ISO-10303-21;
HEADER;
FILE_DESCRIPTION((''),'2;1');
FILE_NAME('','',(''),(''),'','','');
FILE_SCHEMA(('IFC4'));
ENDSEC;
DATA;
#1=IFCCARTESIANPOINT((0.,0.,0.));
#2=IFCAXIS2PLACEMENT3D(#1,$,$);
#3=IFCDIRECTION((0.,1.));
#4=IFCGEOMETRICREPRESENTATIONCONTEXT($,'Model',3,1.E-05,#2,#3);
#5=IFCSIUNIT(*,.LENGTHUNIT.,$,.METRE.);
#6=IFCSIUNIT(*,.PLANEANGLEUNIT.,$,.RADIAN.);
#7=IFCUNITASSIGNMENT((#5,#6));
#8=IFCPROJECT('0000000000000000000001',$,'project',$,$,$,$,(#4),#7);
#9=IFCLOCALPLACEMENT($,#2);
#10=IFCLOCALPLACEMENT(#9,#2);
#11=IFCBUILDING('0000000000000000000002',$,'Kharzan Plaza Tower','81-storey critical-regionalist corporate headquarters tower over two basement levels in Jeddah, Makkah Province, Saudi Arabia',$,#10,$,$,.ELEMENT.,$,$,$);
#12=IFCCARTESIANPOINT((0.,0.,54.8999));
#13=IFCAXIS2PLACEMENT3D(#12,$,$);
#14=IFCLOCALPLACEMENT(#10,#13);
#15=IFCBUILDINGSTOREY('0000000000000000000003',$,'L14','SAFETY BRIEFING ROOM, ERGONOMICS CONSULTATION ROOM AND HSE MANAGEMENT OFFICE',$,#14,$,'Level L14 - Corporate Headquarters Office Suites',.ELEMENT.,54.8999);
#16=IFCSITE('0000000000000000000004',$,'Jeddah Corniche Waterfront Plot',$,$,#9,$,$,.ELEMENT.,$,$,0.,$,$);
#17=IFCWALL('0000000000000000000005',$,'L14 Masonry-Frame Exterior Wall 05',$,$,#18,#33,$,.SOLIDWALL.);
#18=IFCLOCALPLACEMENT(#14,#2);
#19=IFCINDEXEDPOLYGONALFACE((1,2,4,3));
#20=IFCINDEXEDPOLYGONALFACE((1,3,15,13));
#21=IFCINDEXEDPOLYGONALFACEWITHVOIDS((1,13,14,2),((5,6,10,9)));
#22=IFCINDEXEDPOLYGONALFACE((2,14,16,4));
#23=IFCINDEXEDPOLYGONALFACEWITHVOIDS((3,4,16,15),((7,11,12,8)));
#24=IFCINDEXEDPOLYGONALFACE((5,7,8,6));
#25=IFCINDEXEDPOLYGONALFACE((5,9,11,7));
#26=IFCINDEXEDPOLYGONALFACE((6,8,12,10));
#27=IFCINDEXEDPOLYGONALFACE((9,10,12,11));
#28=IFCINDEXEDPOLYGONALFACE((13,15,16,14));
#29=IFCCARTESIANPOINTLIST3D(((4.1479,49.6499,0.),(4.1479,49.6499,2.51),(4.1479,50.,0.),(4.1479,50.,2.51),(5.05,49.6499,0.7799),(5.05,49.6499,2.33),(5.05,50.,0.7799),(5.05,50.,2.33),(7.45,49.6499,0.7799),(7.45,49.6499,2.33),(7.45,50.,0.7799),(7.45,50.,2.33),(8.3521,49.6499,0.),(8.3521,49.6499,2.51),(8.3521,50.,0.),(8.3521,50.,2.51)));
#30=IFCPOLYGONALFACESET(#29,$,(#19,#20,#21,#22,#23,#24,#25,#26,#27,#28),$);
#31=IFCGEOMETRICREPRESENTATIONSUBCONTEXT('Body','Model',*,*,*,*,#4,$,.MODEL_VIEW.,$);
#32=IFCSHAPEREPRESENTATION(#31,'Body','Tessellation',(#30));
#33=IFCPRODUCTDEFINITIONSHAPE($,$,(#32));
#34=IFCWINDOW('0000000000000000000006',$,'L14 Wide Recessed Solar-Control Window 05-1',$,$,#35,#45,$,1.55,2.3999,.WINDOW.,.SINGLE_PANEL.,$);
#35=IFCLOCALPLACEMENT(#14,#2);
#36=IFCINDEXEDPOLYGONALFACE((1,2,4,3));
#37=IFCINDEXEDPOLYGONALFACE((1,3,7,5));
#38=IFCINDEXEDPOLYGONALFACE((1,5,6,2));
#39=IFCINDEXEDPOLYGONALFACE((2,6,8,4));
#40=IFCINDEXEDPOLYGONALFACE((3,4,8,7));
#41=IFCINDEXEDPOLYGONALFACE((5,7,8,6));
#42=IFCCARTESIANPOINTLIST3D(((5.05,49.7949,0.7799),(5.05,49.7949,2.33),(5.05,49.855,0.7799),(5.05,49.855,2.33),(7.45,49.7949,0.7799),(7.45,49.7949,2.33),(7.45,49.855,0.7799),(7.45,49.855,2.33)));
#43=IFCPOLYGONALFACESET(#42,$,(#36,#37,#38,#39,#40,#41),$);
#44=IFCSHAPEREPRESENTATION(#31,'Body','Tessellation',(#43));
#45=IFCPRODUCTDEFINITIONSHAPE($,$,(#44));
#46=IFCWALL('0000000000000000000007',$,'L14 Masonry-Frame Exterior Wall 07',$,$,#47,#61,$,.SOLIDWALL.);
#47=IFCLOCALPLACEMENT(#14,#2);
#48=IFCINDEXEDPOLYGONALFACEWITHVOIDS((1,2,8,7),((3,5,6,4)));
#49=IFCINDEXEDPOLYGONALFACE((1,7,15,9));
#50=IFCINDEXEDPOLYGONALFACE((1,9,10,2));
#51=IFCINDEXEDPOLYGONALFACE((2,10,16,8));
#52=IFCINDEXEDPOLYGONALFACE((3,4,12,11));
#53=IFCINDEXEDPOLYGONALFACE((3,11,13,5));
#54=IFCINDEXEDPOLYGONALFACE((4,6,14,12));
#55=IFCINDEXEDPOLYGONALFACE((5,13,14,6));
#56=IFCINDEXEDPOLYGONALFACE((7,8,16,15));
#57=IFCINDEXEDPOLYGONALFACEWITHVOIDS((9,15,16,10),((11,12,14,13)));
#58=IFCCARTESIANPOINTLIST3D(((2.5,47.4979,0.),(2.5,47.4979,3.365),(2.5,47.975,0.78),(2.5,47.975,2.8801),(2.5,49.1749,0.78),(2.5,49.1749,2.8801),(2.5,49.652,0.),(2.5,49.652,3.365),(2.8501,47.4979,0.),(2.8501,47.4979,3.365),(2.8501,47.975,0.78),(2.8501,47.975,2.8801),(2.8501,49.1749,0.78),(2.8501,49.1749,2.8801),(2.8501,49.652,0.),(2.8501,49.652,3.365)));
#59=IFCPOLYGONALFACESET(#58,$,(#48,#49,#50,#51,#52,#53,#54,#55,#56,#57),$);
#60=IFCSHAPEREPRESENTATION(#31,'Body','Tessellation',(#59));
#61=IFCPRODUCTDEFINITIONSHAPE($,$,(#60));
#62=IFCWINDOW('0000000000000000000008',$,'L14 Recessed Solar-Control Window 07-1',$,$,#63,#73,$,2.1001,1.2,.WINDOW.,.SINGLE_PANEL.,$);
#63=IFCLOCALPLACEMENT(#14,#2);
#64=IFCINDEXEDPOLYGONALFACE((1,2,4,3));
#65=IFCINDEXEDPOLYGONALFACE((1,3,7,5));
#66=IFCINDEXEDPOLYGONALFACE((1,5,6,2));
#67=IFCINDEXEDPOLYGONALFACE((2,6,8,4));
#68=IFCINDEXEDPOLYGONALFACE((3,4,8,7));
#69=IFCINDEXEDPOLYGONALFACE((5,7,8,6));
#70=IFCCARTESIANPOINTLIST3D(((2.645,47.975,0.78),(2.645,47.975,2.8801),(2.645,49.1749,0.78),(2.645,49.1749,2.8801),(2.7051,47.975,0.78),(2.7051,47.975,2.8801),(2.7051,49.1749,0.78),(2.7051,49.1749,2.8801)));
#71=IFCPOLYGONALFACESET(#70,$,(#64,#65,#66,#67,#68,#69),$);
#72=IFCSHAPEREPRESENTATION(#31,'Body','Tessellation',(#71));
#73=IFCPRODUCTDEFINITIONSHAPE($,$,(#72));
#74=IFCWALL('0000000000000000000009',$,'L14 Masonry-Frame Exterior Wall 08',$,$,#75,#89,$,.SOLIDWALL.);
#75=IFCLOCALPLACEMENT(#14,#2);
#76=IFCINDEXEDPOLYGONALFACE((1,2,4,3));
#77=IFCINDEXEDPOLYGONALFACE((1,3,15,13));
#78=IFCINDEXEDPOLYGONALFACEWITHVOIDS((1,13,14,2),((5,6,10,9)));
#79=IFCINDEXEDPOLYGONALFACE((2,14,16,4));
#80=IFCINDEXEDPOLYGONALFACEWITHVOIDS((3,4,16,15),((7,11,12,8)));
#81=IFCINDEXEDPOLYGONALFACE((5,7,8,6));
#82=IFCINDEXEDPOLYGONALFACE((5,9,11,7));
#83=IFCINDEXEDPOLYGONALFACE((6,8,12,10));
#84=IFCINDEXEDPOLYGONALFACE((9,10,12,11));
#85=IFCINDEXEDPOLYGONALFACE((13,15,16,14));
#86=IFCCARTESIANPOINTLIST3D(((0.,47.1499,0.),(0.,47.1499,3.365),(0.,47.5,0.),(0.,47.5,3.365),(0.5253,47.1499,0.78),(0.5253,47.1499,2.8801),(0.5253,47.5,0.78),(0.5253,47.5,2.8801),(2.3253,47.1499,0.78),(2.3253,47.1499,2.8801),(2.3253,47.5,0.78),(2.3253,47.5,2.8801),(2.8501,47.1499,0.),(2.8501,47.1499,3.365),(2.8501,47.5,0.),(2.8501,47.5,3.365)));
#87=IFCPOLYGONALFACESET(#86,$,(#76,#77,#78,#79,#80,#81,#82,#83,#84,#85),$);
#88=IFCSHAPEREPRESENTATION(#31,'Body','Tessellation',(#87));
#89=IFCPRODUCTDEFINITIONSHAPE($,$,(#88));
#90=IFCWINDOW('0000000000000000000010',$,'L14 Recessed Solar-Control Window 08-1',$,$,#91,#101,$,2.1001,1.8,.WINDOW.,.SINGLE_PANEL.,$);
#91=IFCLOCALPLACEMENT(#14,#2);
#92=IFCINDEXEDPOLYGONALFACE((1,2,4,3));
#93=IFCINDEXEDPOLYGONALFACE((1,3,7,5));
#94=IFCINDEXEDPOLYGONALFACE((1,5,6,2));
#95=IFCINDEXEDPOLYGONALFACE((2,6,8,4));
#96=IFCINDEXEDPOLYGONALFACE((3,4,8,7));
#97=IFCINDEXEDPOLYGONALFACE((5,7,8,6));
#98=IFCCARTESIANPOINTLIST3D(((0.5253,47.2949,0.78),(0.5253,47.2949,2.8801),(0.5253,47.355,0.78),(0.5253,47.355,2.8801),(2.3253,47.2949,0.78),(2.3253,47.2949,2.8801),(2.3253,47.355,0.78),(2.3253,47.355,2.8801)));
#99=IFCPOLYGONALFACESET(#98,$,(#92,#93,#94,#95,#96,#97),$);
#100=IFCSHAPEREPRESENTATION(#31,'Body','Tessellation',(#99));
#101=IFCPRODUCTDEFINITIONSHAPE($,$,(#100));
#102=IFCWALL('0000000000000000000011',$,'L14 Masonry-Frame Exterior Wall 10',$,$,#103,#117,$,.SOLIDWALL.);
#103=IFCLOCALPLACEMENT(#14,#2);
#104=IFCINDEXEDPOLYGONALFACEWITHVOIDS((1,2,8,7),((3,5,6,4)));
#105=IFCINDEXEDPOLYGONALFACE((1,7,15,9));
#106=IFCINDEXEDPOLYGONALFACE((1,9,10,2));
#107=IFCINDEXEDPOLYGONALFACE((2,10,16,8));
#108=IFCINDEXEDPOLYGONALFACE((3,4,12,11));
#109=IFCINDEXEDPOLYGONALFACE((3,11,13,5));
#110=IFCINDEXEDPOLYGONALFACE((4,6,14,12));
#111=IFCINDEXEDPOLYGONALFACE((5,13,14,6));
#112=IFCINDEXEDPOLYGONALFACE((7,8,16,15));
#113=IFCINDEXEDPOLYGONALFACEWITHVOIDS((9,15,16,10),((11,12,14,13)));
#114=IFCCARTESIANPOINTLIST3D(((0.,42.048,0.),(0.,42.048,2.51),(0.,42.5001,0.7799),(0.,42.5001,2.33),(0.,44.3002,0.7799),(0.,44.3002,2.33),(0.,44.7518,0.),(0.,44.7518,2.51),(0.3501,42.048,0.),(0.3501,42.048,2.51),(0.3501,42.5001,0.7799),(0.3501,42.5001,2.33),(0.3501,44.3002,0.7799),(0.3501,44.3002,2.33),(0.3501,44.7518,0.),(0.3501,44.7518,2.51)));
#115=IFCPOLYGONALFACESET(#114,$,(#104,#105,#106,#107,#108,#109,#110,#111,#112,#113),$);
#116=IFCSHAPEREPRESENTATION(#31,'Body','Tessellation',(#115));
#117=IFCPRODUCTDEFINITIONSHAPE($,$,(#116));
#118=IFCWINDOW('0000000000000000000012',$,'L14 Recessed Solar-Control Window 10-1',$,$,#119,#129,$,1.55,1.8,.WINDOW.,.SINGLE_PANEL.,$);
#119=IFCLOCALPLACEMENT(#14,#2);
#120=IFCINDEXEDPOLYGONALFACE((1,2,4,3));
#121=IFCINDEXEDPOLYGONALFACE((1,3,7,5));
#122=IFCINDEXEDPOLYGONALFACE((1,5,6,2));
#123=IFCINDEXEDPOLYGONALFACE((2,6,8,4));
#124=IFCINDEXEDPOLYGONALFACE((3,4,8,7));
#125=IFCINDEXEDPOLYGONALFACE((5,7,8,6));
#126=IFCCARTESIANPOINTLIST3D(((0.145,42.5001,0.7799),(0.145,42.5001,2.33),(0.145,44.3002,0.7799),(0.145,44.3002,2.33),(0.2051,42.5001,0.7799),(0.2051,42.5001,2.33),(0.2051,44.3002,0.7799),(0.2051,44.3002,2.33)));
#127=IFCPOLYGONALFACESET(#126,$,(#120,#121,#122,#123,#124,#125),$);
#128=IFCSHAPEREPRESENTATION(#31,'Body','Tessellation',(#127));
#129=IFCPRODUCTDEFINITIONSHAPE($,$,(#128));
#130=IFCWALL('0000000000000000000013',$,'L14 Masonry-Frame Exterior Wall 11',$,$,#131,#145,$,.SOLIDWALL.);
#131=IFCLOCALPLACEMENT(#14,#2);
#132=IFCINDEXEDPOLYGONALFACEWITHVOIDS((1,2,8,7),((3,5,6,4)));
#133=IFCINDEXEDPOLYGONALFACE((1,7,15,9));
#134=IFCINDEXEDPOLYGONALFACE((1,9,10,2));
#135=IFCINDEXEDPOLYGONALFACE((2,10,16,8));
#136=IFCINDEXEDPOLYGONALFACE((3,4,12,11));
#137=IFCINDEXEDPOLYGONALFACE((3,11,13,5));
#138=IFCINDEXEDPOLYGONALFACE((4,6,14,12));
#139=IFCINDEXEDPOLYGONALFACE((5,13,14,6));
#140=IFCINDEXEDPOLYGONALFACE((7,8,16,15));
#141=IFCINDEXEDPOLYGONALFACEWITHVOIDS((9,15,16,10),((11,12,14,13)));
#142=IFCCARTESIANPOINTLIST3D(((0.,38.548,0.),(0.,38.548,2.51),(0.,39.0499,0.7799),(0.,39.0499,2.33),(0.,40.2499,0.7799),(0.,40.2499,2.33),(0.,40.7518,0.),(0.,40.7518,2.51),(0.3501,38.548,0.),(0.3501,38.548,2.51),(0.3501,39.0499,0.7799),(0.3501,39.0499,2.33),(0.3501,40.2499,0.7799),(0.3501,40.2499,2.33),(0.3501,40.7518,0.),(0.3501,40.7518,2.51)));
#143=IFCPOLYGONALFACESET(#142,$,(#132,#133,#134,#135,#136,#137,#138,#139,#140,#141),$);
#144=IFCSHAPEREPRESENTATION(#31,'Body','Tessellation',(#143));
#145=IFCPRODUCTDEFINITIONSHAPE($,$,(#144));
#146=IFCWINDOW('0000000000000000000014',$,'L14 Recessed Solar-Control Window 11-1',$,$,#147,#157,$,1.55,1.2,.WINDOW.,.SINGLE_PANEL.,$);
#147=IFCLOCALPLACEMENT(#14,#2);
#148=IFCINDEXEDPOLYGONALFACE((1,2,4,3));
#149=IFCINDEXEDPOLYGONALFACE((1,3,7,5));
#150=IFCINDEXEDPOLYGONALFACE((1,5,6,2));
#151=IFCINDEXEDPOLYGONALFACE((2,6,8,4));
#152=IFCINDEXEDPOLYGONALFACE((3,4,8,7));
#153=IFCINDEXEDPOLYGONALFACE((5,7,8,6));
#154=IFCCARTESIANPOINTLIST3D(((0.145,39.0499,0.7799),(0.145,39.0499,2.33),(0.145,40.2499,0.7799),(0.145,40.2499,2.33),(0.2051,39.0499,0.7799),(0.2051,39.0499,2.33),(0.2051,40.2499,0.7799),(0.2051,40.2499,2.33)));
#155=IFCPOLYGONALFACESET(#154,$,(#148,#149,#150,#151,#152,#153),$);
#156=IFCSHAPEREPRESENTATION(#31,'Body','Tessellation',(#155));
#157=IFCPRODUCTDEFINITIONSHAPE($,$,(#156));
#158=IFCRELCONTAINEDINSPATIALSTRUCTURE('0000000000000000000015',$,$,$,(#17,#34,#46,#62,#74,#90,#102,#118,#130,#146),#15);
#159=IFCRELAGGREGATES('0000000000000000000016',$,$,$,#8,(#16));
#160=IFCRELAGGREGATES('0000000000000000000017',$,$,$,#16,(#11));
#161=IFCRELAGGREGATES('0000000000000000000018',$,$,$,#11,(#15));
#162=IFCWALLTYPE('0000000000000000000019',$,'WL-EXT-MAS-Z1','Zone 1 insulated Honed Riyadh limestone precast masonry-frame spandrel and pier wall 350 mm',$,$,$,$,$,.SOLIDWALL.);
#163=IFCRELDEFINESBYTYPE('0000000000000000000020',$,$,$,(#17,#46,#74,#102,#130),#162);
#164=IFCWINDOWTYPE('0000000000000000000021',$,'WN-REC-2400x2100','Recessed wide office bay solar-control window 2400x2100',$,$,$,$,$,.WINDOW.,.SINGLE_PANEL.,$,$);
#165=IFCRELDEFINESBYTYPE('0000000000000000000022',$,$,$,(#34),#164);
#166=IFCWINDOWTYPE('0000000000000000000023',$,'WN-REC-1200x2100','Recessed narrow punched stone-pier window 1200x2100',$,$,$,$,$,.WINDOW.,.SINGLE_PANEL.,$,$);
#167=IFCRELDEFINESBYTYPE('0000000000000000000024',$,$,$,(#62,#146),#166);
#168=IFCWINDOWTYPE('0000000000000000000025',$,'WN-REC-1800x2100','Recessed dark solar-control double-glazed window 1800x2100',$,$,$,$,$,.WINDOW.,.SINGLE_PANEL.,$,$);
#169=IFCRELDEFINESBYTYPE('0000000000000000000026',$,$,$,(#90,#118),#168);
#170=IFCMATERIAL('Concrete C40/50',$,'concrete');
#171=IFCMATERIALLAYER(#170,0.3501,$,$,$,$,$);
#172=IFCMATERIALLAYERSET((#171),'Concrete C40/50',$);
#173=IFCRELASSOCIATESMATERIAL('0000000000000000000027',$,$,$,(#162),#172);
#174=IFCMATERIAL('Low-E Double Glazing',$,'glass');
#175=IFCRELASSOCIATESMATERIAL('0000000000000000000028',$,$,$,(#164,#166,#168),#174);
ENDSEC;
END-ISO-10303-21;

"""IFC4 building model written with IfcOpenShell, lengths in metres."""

from ifc_helpers import new_model, si_unit, direction, frame, frame_2d, origin, place, context, subcontext, project, spatial, rectangle, extrude, source, transform, mapped, material, layer, layer_set, type_object, element, fill, save


model = new_model("IFC4")

# Units and contexts
model_context = context("Model", 3, precision=1e-05, world=origin(), true_north=direction((0.0, 1.0)))
body_context = subcontext(model_context, "Body", "Model", "MODEL_VIEW")
ifc_project = project(units=[si_unit("LENGTHUNIT", "METRE"), si_unit("PLANEANGLEUNIT", "RADIAN")], contexts=[model_context])

# Site, building, storey
site_placement = place(None, origin())
site = spatial("IfcSite", under=ifc_project, at=site_placement, Name="Jeddah Corniche Waterfront Plot", CompositionType="ELEMENT", RefElevation=0.0)
building_placement = place(site_placement, origin())
building = spatial("IfcBuilding", under=site, at=building_placement, Name="Kharzan Plaza Tower", Description="81-storey critical-regionalist corporate headquarters tower over two basement levels in Jeddah, Makkah Province, Saudi Arabia", CompositionType="ELEMENT")
storey_placement = place(building_placement, frame((0.0, 0.0, 54.8999)))
storey = spatial("IfcBuildingStorey", under=building, at=storey_placement, Name="L14", Description="SAFETY BRIEFING ROOM, ERGONOMICS CONSULTATION ROOM AND HSE MANAGEMENT OFFICE", LongName="Level L14 - Corporate Headquarters Office Suites", CompositionType="ELEMENT", Elevation=54.8999)

# Walls, openings, windows
ifc_material_1 = material(Name="Concrete C40/50", Category="concrete")
ifc_layer_1 = layer(ifc_material_1, 0.3501)
ifc_layer_set_1 = layer_set([ifc_layer_1], Name="Concrete C40/50")
wall_type_1 = type_object("IfcWallType", Name="WL-EXT-MAS-Z1", Description="Zone 1 insulated Honed Riyadh limestone precast masonry-frame spandrel and pier wall 350 mm", PredefinedType="SOLIDWALL", material=ifc_layer_set_1)
wall_1_placement = place(storey_placement, frame((8.3521, 49.825, 0.0), z_axis=(0.0, 0.0, 1.0), x_axis=(-1.0, 0.0, 0.0)))
wall_1 = element("IfcWall", 1, at=wall_1_placement, inside=storey, type_object=wall_type_1, Name="L14 Masonry-Frame Exterior Wall 05", PredefinedType="SOLIDWALL", context=body_context, shape_type="SweptSolid", body=[
    extrude(rectangle(XDim=4.2041, YDim=0.3501, at=frame_2d((2.1021, 0.0))), origin(), (0.0, 0.0, 1.0), 2.51),
])
opening_1_placement = place(wall_1_placement, frame((0.9021, 0.0, 0.78)))
opening_1 = element("IfcOpeningElement", 2, at=opening_1_placement, cuts=wall_1, PredefinedType="OPENING", context=body_context, shape_type="SweptSolid", body=[
    extrude(rectangle(XDim=2.3999, YDim=1.55, at=frame_2d((1.2, 0.7749))), frame((0.0, 0.1851, 0.0), z_axis=(0.0, -1.0, 0.0), x_axis=(1.0, 0.0, 0.0)), (0.0, 0.0, 1.0), 0.3701),
])
ifc_material_2 = material(Name="Low-E Double Glazing", Category="glass")
window_type_1 = type_object("IfcWindowType", Name="WN-REC-2400x2100", Description="Recessed wide office bay solar-control window 2400x2100", PartitioningType="SINGLE_PANEL", PredefinedType="WINDOW", material=ifc_material_2)
shared_shape_1 = source(origin(), body_context, "Body", "SweptSolid", [
    extrude(rectangle(XDim=2.3999, YDim=1.55, at=frame_2d((1.2, 0.7749))), frame((0.0, 0.03, 0.0), z_axis=(0.0, -1.0, 0.0), x_axis=(1.0, 0.0, 0.0)), (0.0, 0.0, 1.0), 0.0601),
])
window_1_placement = place(opening_1_placement, origin())
window_1 = element("IfcWindow", 3, at=window_1_placement, inside=storey, type_object=window_type_1, Name="L14 Wide Recessed Solar-Control Window 05-1", OverallHeight=1.55, OverallWidth=2.3999, PartitioningType="SINGLE_PANEL", PredefinedType="WINDOW", context=body_context, shape_type="MappedRepresentation", body=[
    mapped(shared_shape_1, transform((0.0, 0.0, 0.0), x_axis=(1.0, 0.0, 0.0), y_axis=(0.0, 1.0, 0.0), z_axis=(0.0, 0.0, 1.0))),
])
fill(opening_1, window_1)
wall_2_placement = place(storey_placement, frame((2.675, 49.6521, 0.0), z_axis=(0.0, 0.0, 1.0), x_axis=(0.0, -1.0, 0.0)))
wall_2 = element("IfcWall", 4, at=wall_2_placement, inside=storey, type_object=wall_type_1, Name="L14 Masonry-Frame Exterior Wall 07", PredefinedType="SOLIDWALL", context=body_context, shape_type="SweptSolid", body=[
    extrude(rectangle(XDim=2.1541, YDim=0.3501, at=frame_2d((1.0771, 0.0))), origin(), (0.0, 0.0, 1.0), 3.365),
])
opening_2_placement = place(wall_2_placement, frame((0.4771, 0.0, 0.78)))
opening_2 = element("IfcOpeningElement", 5, at=opening_2_placement, cuts=wall_2, PredefinedType="OPENING", context=body_context, shape_type="SweptSolid", body=[
    extrude(rectangle(XDim=1.2, YDim=2.1001, at=frame_2d((0.6001, 1.05))), frame((0.0, 0.1851, 0.0), z_axis=(0.0, -1.0, 0.0), x_axis=(1.0, 0.0, 0.0)), (0.0, 0.0, 1.0), 0.3701),
])
window_type_2 = type_object("IfcWindowType", Name="WN-REC-1200x2100", Description="Recessed narrow punched stone-pier window 1200x2100", PartitioningType="SINGLE_PANEL", PredefinedType="WINDOW", material=ifc_material_2)
shared_shape_2 = source(origin(), body_context, "Body", "SweptSolid", [
    extrude(rectangle(XDim=1.2, YDim=2.1001, at=frame_2d((0.6001, 1.05))), frame((0.0, 0.03, 0.0), z_axis=(0.0, -1.0, 0.0), x_axis=(1.0, 0.0, 0.0)), (0.0, 0.0, 1.0), 0.0601),
])
window_2_placement = place(opening_2_placement, origin())
window_2 = element("IfcWindow", 6, at=window_2_placement, inside=storey, type_object=window_type_2, Name="L14 Recessed Solar-Control Window 07-1", OverallHeight=2.1001, OverallWidth=1.2, PartitioningType="SINGLE_PANEL", PredefinedType="WINDOW", context=body_context, shape_type="MappedRepresentation", body=[
    mapped(shared_shape_2, transform((0.0, 0.0, 0.0), x_axis=(1.0, 0.0, 0.0), y_axis=(0.0, 1.0, 0.0), z_axis=(0.0, 0.0, 1.0))),
])
fill(opening_2, window_2)
wall_3_placement = place(storey_placement, frame((2.8501, 47.325, 0.0), z_axis=(0.0, 0.0, 1.0), x_axis=(-1.0, 0.0, 0.0)))
wall_3 = element("IfcWall", 7, at=wall_3_placement, inside=storey, type_object=wall_type_1, Name="L14 Masonry-Frame Exterior Wall 08", PredefinedType="SOLIDWALL", context=body_context, shape_type="SweptSolid", body=[
    extrude(rectangle(XDim=2.8501, YDim=0.3501, at=frame_2d((1.425, 0.0))), origin(), (0.0, 0.0, 1.0), 3.365),
])
opening_3_placement = place(wall_3_placement, frame((0.5249, 0.0, 0.78)))
opening_3 = element("IfcOpeningElement", 8, at=opening_3_placement, cuts=wall_3, PredefinedType="OPENING", context=body_context, shape_type="SweptSolid", body=[
    extrude(rectangle(XDim=1.8, YDim=2.1001, at=frame_2d((0.8999, 1.05))), frame((0.0, 0.1851, 0.0), z_axis=(0.0, -1.0, 0.0), x_axis=(1.0, 0.0, 0.0)), (0.0, 0.0, 1.0), 0.3701),
])
window_type_3 = type_object("IfcWindowType", Name="WN-REC-1800x2100", Description="Recessed dark solar-control double-glazed window 1800x2100", PartitioningType="SINGLE_PANEL", PredefinedType="WINDOW", material=ifc_material_2)
shared_shape_3 = source(origin(), body_context, "Body", "SweptSolid", [
    extrude(rectangle(XDim=1.8, YDim=2.1001, at=frame_2d((0.8999, 1.05))), frame((0.0, 0.03, 0.0), z_axis=(0.0, -1.0, 0.0), x_axis=(1.0, 0.0, 0.0)), (0.0, 0.0, 1.0), 0.0601),
])
window_3_placement = place(opening_3_placement, origin())
window_3 = element("IfcWindow", 9, at=window_3_placement, inside=storey, type_object=window_type_3, Name="L14 Recessed Solar-Control Window 08-1", OverallHeight=2.1001, OverallWidth=1.8, PartitioningType="SINGLE_PANEL", PredefinedType="WINDOW", context=body_context, shape_type="MappedRepresentation", body=[
    mapped(shared_shape_3, transform((0.0, 0.0, 0.0), x_axis=(1.0, 0.0, 0.0), y_axis=(0.0, 1.0, 0.0), z_axis=(0.0, 0.0, 1.0))),
])
fill(opening_3, window_3)
wall_4_placement = place(storey_placement, frame((0.175, 44.752, 0.0), z_axis=(0.0, 0.0, 1.0), x_axis=(0.0, -1.0, 0.0)))
wall_4 = element("IfcWall", 10, at=wall_4_placement, inside=storey, type_object=wall_type_1, Name="L14 Masonry-Frame Exterior Wall 10", PredefinedType="SOLIDWALL", context=body_context, shape_type="SweptSolid", body=[
    extrude(rectangle(XDim=2.7039, YDim=0.3501, at=frame_2d((1.3521, 0.0))), origin(), (0.0, 0.0, 1.0), 2.51),
])
opening_4_placement = place(wall_4_placement, frame((0.4519, 0.0, 0.78)))
opening_4 = element("IfcOpeningElement", 11, at=opening_4_placement, cuts=wall_4, PredefinedType="OPENING", context=body_context, shape_type="SweptSolid", body=[
    extrude(rectangle(XDim=1.8, YDim=1.55, at=frame_2d((0.8999, 0.7749))), frame((0.0, 0.1851, 0.0), z_axis=(0.0, -1.0, 0.0), x_axis=(1.0, 0.0, 0.0)), (0.0, 0.0, 1.0), 0.3701),
])
shared_shape_4 = source(origin(), body_context, "Body", "SweptSolid", [
    extrude(rectangle(XDim=1.8, YDim=1.55, at=frame_2d((0.8999, 0.7749))), frame((0.0, 0.03, 0.0), z_axis=(0.0, -1.0, 0.0), x_axis=(1.0, 0.0, 0.0)), (0.0, 0.0, 1.0), 0.0601),
])
window_4_placement = place(opening_4_placement, origin())
window_4 = element("IfcWindow", 12, at=window_4_placement, inside=storey, type_object=window_type_3, Name="L14 Recessed Solar-Control Window 10-1", OverallHeight=1.55, OverallWidth=1.8, PartitioningType="SINGLE_PANEL", PredefinedType="WINDOW", context=body_context, shape_type="MappedRepresentation", body=[
    mapped(shared_shape_4, transform((0.0, 0.0, 0.0), x_axis=(1.0, 0.0, 0.0), y_axis=(0.0, 1.0, 0.0), z_axis=(0.0, 0.0, 1.0))),
])
fill(opening_4, window_4)
wall_5_placement = place(storey_placement, frame((0.175, 40.752, 0.0), z_axis=(0.0, 0.0, 1.0), x_axis=(0.0, -1.0, 0.0)))
wall_5 = element("IfcWall", 13, at=wall_5_placement, inside=storey, type_object=wall_type_1, Name="L14 Masonry-Frame Exterior Wall 11", PredefinedType="SOLIDWALL", context=body_context, shape_type="SweptSolid", body=[
    extrude(rectangle(XDim=2.2039, YDim=0.3501, at=frame_2d((1.1021, 0.0))), origin(), (0.0, 0.0, 1.0), 2.51),
])
opening_5_placement = place(wall_5_placement, frame((0.502, 0.0, 0.78)))
opening_5 = element("IfcOpeningElement", 14, at=opening_5_placement, cuts=wall_5, PredefinedType="OPENING", context=body_context, shape_type="SweptSolid", body=[
    extrude(rectangle(XDim=1.2, YDim=1.55, at=frame_2d((0.6001, 0.7749))), frame((0.0, 0.1851, 0.0), z_axis=(0.0, -1.0, 0.0), x_axis=(1.0, 0.0, 0.0)), (0.0, 0.0, 1.0), 0.3701),
])
shared_shape_5 = source(origin(), body_context, "Body", "SweptSolid", [
    extrude(rectangle(XDim=1.2, YDim=1.55, at=frame_2d((0.6001, 0.7749))), frame((0.0, 0.03, 0.0), z_axis=(0.0, -1.0, 0.0), x_axis=(1.0, 0.0, 0.0)), (0.0, 0.0, 1.0), 0.0601),
])
window_5_placement = place(opening_5_placement, origin())
window_5 = element("IfcWindow", 15, at=window_5_placement, inside=storey, type_object=window_type_2, Name="L14 Recessed Solar-Control Window 11-1", OverallHeight=1.55, OverallWidth=1.2, PartitioningType="SINGLE_PANEL", PredefinedType="WINDOW", context=body_context, shape_type="MappedRepresentation", body=[
    mapped(shared_shape_5, transform((0.0, 0.0, 0.0), x_axis=(1.0, 0.0, 0.0), y_axis=(0.0, 1.0, 0.0), z_axis=(0.0, 0.0, 1.0))),
])
fill(opening_5, window_5)

save(model, "model.ifc")
